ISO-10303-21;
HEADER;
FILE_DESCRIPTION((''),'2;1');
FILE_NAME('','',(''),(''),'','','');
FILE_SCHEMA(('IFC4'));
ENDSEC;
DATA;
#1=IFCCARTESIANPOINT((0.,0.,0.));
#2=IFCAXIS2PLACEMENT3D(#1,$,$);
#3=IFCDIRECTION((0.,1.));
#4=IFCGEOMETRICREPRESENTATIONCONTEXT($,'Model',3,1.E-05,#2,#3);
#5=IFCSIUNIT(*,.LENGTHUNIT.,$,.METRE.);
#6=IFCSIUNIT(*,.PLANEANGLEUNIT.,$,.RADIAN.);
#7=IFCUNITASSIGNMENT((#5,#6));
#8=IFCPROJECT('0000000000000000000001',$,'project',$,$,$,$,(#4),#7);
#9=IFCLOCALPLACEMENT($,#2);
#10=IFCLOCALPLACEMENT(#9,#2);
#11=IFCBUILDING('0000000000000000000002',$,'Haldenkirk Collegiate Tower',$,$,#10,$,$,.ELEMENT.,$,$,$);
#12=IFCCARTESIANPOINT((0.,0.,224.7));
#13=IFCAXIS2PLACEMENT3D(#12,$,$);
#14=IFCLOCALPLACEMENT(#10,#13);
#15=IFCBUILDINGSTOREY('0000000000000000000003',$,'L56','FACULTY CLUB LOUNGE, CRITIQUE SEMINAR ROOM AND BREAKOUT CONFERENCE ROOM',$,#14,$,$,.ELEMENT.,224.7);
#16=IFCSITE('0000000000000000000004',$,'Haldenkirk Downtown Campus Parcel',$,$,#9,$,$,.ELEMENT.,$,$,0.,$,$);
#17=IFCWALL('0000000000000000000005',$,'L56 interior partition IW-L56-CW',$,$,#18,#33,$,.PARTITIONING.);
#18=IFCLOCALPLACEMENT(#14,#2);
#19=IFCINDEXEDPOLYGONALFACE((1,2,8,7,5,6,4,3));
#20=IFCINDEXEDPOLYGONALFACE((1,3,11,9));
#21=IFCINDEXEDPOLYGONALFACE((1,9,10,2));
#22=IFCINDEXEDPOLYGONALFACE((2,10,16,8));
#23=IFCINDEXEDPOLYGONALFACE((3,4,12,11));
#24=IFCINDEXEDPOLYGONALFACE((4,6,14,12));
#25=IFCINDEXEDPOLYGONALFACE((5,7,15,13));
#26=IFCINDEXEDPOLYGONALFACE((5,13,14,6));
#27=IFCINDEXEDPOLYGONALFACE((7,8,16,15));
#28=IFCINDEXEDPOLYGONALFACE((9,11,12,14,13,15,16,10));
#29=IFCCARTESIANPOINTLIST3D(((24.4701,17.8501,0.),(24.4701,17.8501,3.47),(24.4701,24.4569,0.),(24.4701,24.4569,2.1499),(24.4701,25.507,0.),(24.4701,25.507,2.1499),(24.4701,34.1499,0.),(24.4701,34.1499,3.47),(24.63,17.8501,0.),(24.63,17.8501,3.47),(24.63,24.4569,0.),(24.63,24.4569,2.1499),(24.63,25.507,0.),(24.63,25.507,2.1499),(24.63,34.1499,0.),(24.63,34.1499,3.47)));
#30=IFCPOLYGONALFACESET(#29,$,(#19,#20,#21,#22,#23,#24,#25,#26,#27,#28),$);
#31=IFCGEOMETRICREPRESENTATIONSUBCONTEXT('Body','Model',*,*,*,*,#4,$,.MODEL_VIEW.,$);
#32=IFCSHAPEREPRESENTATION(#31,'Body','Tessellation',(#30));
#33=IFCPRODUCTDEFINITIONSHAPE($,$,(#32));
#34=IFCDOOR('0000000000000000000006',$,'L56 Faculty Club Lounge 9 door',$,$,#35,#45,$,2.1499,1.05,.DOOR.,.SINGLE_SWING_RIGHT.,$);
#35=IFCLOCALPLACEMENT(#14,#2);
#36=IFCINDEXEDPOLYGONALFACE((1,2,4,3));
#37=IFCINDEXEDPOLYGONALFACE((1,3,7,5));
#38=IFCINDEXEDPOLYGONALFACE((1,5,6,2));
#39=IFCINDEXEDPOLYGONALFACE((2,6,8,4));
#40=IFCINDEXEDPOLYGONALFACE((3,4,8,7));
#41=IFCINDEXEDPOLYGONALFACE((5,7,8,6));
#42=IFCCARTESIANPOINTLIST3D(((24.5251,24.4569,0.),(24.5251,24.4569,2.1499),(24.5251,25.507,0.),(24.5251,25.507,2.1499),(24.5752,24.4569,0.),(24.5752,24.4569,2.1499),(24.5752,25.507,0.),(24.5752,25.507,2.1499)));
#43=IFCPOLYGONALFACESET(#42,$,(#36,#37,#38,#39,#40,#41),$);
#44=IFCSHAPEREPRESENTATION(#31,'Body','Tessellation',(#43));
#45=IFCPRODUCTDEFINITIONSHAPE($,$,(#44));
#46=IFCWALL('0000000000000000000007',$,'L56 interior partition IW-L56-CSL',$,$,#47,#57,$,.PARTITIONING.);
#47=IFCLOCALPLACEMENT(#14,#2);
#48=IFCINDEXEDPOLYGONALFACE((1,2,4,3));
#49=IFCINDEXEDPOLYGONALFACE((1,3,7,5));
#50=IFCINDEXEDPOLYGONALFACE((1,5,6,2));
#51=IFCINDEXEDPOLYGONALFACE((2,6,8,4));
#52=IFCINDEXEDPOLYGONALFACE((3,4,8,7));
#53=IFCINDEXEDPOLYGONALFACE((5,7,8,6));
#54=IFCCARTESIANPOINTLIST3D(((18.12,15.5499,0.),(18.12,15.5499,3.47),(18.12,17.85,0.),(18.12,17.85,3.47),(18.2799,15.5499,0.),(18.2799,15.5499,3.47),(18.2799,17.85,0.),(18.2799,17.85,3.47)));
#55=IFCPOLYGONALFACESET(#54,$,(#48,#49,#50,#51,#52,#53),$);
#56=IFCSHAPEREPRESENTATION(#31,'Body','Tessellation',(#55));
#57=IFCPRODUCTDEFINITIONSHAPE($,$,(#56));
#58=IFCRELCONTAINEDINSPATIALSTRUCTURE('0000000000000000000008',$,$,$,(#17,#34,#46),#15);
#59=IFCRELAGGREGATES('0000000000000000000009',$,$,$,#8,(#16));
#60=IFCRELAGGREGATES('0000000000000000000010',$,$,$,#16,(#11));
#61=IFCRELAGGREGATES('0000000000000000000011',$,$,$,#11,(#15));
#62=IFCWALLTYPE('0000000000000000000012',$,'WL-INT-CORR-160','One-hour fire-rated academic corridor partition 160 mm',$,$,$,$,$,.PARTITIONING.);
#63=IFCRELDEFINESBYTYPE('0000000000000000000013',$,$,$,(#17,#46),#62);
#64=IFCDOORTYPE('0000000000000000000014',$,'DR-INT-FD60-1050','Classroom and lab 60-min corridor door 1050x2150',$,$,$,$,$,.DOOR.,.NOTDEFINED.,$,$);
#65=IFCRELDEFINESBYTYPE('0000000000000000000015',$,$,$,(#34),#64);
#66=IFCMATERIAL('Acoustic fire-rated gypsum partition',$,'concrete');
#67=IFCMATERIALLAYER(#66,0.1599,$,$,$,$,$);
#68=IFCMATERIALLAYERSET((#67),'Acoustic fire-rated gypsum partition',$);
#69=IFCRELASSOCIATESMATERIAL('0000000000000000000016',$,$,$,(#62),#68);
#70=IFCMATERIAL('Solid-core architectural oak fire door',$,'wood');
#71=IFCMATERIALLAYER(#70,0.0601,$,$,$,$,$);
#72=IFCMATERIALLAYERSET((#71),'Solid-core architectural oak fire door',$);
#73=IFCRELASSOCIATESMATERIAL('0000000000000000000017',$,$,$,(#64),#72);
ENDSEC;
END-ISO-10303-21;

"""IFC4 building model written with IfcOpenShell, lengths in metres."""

from ifc_helpers import new_model, si_unit, direction, frame, frame_2d, origin, place, context, subcontext, project, spatial, rectangle, extrude, material, layer, layer_set, type_object, element, fill, save


model = new_model("IFC4")

# Units and contexts
model_context = context("Model", 3, precision=1e-05, world=origin(), true_north=direction((0.0, 1.0)))
body_context = subcontext(model_context, "Body", "Model", "MODEL_VIEW")
ifc_project = project(units=[si_unit("LENGTHUNIT", "METRE"), si_unit("PLANEANGLEUNIT", "RADIAN")], contexts=[model_context])

# Site, building, storey
site_placement = place(None, origin())
site = spatial("IfcSite", under=ifc_project, at=site_placement, Name="Haldenkirk Downtown Campus Parcel", CompositionType="ELEMENT", RefElevation=0.0)
building_placement = place(site_placement, origin())
building = spatial("IfcBuilding", under=site, at=building_placement, Name="Haldenkirk Collegiate Tower", CompositionType="ELEMENT")
storey_placement = place(building_placement, frame((0.0, 0.0, 224.7)))
storey = spatial("IfcBuildingStorey", under=building, at=storey_placement, Name="L56", Description="FACULTY CLUB LOUNGE, CRITIQUE SEMINAR ROOM AND BREAKOUT CONFERENCE ROOM", CompositionType="ELEMENT", Elevation=224.7)

# Shared definitions
ifc_material_1 = material(Name="Acoustic fire-rated gypsum partition", Category="concrete")
ifc_layer_1 = layer(ifc_material_1, 0.1599)
ifc_layer_set_1 = layer_set([ifc_layer_1], Name="Acoustic fire-rated gypsum partition")
wall_type = type_object("IfcWallType", Name="WL-INT-CORR-160", Description="One-hour fire-rated academic corridor partition 160 mm", PredefinedType="PARTITIONING", material=ifc_layer_set_1)
ifc_material_2 = material(Name="Solid-core architectural oak fire door", Category="wood")
ifc_layer_2 = layer(ifc_material_2, 0.0601)
ifc_layer_set_2 = layer_set([ifc_layer_2], Name="Solid-core architectural oak fire door")
door_type_1 = type_object("IfcDoorType", Name="DR-INT-FD60-1050", Description="Classroom and lab 60-min corridor door 1050x2150", OperationType="NOTDEFINED", PredefinedType="DOOR", material=ifc_layer_set_2)

# Wall, opening, door
wall_1_placement = place(storey_placement, frame((24.55, 17.8501, 0.0), z_axis=(0.0, 0.0, 1.0), x_axis=(0.0, 1.0, 0.0)))
wall_1 = element("IfcWall", 1, at=wall_1_placement, inside=storey, type_object=wall_type, Name="L56 interior partition IW-L56-CW", PredefinedType="PARTITIONING", context=body_context, shape_type="SweptSolid", body=[
    extrude(rectangle(XDim=16.2998, YDim=0.1599, at=frame_2d((8.1499, 0.0))), origin(), (0.0, 0.0, 1.0), 3.47),
])
opening_1_placement = place(wall_1_placement, frame((6.6069, 0.0, 0.0)))
opening_1 = element("IfcOpeningElement", 2, at=opening_1_placement, cuts=wall_1, PredefinedType="OPENING", context=body_context, shape_type="SweptSolid", body=[
    extrude(rectangle(XDim=1.05, YDim=2.1499, at=frame_2d((0.5249, 1.075))), frame((0.0, 0.0898, 0.0), z_axis=(0.0, -1.0, 0.0), x_axis=(1.0, 0.0, 0.0)), (0.0, 0.0, 1.0), 0.1799),
])
door_1_placement = place(opening_1_placement, origin())
door_1 = element("IfcDoor", 3, at=door_1_placement, inside=storey, type_object=door_type_1, Name="L56 Faculty Club Lounge 9 door", OperationType="SINGLE_SWING_RIGHT", OverallHeight=2.1499, OverallWidth=1.05, PredefinedType="DOOR", context=body_context, shape_type="SweptSolid", body=[
    extrude(rectangle(XDim=1.05, YDim=2.1499, at=frame_2d((0.5249, 1.075))), frame((0.0, 0.0249, 0.0), z_axis=(0.0, -1.0, 0.0), x_axis=(1.0, 0.0, 0.0)), (0.0, 0.0, 1.0), 0.05),
])
fill(opening_1, door_1)

# Wall
wall_2_placement = place(storey_placement, frame((18.2, 15.55, 0.0), z_axis=(0.0, 0.0, 1.0), x_axis=(0.0, 1.0, 0.0)))
element("IfcWall", 4, at=wall_2_placement, inside=storey, type_object=wall_type, Name="L56 interior partition IW-L56-CSL", PredefinedType="PARTITIONING", context=body_context, shape_type="SweptSolid", body=[
    extrude(rectangle(XDim=2.3, YDim=0.1599, at=frame_2d((1.1499, 0.0))), origin(), (0.0, 0.0, 1.0), 3.47),
])

save(model, "model.ifc")
